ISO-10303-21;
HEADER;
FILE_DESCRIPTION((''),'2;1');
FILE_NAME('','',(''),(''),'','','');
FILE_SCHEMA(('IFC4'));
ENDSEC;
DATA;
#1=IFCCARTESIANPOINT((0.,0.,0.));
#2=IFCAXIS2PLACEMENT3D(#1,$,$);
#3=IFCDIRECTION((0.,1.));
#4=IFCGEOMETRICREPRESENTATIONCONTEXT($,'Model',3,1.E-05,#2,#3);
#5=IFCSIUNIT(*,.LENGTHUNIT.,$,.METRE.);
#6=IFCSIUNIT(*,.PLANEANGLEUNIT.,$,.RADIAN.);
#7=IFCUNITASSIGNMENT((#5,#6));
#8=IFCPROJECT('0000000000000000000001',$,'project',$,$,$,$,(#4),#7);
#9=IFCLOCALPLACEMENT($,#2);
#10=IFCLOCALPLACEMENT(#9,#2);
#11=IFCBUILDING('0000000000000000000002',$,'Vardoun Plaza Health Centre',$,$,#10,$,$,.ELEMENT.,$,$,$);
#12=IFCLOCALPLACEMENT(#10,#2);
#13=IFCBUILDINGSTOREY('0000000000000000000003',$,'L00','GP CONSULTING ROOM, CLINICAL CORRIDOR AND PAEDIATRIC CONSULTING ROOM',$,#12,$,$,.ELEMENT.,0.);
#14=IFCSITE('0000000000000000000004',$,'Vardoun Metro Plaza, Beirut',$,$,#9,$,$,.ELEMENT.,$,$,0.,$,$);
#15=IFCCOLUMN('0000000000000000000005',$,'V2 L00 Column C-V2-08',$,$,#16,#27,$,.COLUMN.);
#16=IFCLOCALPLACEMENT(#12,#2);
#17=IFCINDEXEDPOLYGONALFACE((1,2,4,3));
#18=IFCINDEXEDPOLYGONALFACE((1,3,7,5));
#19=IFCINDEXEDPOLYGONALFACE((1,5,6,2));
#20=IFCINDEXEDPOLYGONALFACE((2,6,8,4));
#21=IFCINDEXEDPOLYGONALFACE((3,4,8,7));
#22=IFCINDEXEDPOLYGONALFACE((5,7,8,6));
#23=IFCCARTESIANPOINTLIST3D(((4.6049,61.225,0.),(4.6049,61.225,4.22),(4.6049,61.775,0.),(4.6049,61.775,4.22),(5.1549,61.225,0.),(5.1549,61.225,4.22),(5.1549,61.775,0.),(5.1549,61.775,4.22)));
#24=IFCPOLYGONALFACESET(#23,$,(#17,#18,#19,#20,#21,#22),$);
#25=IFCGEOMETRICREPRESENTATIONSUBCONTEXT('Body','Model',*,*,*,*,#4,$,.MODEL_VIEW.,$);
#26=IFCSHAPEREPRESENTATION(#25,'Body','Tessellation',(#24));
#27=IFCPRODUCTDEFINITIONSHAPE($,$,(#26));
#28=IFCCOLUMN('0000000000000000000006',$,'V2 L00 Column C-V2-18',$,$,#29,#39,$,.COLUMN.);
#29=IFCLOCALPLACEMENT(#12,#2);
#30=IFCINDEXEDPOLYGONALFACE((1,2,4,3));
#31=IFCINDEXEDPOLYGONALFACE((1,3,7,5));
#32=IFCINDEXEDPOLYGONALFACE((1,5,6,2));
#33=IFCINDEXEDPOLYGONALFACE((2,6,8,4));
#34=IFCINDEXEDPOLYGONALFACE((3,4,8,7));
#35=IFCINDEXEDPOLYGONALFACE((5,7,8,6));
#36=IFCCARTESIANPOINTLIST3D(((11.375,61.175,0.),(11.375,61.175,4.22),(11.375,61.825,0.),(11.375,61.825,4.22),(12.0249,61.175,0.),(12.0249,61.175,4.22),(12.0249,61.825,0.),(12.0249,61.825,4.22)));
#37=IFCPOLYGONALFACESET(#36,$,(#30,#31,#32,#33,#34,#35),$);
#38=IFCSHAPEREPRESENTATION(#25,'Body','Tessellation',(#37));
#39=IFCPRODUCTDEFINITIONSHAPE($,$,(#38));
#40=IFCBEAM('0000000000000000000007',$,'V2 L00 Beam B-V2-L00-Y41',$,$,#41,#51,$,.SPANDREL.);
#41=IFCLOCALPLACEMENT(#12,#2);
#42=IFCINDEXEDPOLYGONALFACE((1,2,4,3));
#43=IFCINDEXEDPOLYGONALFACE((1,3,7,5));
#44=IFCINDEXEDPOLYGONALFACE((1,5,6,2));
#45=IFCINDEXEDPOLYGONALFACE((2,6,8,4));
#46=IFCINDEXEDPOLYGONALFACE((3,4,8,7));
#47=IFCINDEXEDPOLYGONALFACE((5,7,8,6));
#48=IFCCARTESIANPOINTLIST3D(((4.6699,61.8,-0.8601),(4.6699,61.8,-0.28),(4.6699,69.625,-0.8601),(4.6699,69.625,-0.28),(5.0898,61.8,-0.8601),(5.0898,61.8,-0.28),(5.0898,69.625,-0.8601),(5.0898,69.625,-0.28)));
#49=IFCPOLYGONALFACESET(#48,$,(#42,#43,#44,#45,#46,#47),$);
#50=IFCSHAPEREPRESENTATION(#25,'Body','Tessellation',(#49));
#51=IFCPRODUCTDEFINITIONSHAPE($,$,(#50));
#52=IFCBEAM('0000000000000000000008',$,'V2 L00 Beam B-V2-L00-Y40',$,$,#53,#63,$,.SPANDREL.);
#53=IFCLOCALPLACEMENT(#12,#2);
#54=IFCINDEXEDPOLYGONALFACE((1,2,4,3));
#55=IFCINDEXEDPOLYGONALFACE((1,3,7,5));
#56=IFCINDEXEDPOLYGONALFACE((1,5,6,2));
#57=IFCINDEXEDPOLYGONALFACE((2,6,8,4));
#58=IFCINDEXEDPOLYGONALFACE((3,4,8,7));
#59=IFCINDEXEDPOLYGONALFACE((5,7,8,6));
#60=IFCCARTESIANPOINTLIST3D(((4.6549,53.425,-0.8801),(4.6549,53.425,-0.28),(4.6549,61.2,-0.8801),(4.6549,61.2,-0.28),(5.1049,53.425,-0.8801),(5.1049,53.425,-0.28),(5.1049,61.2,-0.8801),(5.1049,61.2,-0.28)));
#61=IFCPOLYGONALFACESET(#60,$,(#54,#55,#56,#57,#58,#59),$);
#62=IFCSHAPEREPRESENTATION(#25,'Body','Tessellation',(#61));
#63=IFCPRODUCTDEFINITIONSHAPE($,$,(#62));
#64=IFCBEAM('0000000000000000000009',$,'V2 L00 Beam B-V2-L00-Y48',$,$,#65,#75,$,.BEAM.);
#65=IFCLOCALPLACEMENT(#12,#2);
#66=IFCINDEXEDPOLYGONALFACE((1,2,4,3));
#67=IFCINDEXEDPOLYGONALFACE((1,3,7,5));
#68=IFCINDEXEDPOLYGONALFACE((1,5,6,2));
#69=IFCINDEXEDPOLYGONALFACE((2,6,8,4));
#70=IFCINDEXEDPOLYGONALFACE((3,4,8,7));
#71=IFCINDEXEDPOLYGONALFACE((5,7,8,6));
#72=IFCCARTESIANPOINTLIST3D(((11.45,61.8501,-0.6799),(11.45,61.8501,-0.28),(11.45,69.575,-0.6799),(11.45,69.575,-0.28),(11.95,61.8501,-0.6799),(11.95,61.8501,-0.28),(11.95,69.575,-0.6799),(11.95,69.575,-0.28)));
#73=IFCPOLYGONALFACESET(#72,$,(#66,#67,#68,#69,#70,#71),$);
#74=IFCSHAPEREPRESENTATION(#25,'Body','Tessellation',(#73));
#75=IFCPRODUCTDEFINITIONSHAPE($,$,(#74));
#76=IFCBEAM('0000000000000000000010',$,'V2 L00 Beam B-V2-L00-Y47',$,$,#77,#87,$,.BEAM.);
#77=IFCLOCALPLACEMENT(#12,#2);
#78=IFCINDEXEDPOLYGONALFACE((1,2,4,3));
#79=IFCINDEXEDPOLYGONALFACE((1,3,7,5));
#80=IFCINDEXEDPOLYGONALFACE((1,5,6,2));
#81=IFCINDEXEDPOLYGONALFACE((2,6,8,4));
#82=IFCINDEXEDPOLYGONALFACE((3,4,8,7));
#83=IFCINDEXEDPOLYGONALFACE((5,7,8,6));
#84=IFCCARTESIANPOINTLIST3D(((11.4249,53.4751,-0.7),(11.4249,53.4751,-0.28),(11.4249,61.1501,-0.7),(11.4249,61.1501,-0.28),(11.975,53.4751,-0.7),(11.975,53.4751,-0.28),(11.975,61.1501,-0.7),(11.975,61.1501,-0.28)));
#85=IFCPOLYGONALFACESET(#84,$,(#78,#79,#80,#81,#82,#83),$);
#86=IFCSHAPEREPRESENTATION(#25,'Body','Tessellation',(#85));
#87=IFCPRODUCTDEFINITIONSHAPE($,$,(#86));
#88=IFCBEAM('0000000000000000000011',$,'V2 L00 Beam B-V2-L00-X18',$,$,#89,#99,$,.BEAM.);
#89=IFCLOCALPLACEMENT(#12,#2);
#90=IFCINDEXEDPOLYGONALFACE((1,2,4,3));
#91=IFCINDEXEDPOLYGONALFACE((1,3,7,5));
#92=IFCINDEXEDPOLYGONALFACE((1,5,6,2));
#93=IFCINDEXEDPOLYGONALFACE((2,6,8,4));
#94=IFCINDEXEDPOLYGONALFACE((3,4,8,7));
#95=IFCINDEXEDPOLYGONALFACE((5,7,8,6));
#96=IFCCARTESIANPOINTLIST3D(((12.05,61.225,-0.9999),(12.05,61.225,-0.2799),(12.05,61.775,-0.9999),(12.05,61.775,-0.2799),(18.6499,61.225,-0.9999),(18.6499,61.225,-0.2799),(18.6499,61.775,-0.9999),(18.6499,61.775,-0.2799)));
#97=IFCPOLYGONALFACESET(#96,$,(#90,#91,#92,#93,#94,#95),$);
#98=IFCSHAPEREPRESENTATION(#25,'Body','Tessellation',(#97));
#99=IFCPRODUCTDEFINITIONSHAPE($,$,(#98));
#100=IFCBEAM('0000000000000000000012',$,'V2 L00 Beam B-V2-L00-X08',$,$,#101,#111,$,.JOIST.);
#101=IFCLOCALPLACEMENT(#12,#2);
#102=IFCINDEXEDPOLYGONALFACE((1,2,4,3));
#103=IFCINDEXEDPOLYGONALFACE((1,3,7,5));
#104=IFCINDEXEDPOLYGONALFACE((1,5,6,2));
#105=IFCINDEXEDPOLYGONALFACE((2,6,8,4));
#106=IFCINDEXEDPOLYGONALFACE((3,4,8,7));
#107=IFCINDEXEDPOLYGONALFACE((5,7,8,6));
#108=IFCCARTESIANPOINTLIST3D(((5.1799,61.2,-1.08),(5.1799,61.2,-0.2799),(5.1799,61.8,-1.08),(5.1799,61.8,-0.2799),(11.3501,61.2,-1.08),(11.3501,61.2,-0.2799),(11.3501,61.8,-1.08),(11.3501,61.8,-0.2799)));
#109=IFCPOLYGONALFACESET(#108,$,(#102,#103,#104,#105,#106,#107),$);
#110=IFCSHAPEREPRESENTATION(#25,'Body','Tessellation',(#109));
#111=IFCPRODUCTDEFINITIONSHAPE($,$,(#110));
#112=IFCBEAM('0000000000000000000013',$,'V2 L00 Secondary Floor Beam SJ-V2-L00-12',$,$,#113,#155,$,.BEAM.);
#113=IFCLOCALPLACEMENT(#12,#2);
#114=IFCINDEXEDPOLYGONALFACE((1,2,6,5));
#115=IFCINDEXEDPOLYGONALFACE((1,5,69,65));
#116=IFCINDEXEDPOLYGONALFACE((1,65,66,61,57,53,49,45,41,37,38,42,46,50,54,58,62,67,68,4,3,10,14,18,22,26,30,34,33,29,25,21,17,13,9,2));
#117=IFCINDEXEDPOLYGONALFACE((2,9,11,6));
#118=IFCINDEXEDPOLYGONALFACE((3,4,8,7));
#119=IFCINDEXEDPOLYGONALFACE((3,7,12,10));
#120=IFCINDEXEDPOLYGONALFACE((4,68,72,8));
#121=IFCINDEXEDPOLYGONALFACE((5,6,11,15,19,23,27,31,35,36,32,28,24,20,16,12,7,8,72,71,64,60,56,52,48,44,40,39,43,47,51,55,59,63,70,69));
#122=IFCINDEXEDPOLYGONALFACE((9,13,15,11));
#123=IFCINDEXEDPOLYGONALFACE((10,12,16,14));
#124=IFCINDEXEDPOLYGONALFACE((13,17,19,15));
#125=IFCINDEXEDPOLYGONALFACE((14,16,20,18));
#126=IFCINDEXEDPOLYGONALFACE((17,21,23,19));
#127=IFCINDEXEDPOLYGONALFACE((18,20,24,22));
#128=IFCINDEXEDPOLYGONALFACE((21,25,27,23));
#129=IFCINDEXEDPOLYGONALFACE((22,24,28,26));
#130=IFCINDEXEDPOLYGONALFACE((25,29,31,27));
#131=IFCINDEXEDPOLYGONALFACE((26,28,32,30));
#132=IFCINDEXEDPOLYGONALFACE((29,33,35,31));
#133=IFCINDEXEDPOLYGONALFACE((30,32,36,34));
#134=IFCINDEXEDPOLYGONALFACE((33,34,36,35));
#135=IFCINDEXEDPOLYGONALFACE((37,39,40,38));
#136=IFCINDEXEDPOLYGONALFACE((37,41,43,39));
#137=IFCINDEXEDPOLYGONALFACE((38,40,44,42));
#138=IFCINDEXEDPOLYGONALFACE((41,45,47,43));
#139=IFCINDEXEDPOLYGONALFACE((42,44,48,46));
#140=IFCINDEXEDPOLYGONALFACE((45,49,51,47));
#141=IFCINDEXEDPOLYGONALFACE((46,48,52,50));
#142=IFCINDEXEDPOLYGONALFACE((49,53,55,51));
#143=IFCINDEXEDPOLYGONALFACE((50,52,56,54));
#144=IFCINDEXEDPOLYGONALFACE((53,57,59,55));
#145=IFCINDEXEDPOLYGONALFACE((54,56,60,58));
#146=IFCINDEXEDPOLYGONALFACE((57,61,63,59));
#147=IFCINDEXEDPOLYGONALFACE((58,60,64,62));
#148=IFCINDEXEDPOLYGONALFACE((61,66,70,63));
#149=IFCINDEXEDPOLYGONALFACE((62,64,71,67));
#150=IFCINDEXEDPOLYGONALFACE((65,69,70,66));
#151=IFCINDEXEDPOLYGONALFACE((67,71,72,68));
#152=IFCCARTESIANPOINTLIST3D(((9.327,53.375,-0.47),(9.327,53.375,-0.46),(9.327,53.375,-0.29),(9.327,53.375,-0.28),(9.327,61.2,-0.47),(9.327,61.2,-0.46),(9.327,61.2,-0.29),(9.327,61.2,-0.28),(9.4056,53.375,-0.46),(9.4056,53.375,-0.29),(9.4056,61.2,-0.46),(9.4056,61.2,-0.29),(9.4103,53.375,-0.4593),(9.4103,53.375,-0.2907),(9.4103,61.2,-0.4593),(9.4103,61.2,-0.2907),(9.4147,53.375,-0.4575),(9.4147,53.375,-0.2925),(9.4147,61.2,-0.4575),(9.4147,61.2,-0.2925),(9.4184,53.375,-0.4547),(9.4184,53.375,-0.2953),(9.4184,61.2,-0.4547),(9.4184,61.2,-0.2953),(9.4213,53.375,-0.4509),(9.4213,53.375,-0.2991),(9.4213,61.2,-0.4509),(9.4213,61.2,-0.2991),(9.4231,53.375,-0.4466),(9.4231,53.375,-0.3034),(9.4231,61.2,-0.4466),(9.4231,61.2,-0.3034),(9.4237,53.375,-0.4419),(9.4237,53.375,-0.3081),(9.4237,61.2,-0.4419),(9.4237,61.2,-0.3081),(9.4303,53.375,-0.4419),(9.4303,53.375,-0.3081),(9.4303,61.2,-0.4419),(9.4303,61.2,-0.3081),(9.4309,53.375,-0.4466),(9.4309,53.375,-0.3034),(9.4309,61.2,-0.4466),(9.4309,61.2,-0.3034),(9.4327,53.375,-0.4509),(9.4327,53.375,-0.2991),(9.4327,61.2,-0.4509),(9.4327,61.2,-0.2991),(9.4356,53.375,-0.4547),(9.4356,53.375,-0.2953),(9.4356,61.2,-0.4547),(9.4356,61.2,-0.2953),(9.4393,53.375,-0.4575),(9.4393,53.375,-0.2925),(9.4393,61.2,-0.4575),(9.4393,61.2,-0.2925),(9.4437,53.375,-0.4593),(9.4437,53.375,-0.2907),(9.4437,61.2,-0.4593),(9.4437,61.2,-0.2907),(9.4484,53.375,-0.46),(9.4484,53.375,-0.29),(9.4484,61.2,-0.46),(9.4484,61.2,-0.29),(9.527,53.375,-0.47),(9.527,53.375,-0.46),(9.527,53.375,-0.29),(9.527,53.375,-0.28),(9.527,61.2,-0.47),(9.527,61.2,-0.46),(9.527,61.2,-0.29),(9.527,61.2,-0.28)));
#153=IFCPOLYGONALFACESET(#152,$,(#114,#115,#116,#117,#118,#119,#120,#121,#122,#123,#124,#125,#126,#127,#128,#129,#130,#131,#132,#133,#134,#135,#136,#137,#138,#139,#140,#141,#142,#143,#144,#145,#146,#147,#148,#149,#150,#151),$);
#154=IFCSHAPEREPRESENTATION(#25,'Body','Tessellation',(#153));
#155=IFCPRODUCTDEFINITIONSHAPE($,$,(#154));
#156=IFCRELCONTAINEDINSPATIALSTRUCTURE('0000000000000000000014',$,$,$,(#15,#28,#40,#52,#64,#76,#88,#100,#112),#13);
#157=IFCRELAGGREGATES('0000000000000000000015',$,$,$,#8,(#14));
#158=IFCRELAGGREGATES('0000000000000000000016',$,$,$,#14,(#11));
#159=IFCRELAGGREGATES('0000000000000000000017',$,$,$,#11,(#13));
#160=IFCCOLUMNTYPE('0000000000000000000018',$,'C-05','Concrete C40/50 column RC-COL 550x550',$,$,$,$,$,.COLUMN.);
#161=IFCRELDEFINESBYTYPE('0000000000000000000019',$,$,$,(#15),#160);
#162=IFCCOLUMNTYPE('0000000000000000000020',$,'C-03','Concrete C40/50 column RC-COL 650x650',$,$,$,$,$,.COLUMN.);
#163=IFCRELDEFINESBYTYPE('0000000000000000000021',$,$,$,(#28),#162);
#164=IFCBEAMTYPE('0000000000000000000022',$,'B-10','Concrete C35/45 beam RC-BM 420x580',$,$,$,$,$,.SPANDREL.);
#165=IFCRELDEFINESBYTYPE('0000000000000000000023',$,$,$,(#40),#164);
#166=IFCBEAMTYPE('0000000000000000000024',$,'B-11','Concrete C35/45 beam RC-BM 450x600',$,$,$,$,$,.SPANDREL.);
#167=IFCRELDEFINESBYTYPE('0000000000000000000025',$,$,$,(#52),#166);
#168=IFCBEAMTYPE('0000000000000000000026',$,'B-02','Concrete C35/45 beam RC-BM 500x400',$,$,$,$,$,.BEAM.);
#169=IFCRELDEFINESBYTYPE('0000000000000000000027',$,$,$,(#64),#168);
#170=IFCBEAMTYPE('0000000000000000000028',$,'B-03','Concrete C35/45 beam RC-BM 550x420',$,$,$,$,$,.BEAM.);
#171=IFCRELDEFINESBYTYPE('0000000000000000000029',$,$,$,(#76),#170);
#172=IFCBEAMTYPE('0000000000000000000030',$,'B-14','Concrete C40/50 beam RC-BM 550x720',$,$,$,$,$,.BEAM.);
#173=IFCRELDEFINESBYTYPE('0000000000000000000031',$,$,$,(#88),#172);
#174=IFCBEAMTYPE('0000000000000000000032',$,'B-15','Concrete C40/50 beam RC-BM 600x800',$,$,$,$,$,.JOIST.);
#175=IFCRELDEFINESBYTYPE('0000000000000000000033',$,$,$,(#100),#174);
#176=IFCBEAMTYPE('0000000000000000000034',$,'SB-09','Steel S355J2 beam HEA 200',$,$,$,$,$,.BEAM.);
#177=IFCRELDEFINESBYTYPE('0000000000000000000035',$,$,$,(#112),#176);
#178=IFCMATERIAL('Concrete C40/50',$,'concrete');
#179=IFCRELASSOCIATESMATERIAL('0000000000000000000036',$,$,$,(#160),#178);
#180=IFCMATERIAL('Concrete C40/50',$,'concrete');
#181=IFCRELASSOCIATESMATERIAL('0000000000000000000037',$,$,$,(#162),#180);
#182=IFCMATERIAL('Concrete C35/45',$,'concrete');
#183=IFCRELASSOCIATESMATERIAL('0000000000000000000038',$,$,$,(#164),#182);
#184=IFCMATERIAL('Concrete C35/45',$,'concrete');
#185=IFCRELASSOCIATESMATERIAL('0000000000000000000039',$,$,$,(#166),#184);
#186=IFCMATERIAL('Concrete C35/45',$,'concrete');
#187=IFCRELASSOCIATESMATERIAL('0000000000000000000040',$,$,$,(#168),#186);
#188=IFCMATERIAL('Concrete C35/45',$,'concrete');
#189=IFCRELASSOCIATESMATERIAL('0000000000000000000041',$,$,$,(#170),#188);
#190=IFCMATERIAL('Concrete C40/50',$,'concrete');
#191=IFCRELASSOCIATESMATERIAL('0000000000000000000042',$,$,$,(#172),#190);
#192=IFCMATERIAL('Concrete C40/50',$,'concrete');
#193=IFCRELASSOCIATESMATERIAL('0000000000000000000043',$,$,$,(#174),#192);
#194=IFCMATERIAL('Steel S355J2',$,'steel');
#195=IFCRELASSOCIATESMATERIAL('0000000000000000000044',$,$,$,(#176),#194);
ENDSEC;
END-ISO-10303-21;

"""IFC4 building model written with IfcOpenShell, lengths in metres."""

from ifc_helpers import new_model, si_unit, direction, frame, origin, origin_2d, place, context, subcontext, project, spatial, rectangle, i_section, extrude, material, material_profile, profile_set, type_object, element, save


model = new_model("IFC4")

# Units and contexts
model_context = context("Model", 3, precision=1e-05, world=origin(), true_north=direction((0.0, 1.0)))
body_context = subcontext(model_context, "Body", "Model", "MODEL_VIEW")
ifc_project = project(units=[si_unit("LENGTHUNIT", "METRE"), si_unit("PLANEANGLEUNIT", "RADIAN")], contexts=[model_context])

# Site, building, storey
site_placement = place(None, origin())
site = spatial("IfcSite", under=ifc_project, at=site_placement, Name="Vardoun Metro Plaza, Beirut", CompositionType="ELEMENT", RefElevation=0.0)
building_placement = place(site_placement, origin())
building = spatial("IfcBuilding", under=site, at=building_placement, Name="Vardoun Plaza Health Centre", CompositionType="ELEMENT")
storey_placement = place(building_placement, origin())
storey = spatial("IfcBuildingStorey", under=building, at=storey_placement, Name="L00", Description="GP CONSULTING ROOM, CLINICAL CORRIDOR AND PAEDIATRIC CONSULTING ROOM", CompositionType="ELEMENT", Elevation=0.0)

# Columns
ifc_material_1 = material(Name="Concrete C40/50", Category="concrete")
ifc_material_profile_1 = material_profile(ifc_material_1, rectangle(XDim=0.55, YDim=0.55, at=origin_2d()), Name="RC-COL 550x550")
ifc_profile_set_1 = profile_set([ifc_material_profile_1], Name="Concrete C40/50")
column_type_1 = type_object("IfcColumnType", Name="C-05", Description="Concrete C40/50 column RC-COL 550x550", PredefinedType="COLUMN", material=ifc_profile_set_1)
column_1_placement = place(storey_placement, frame((4.8799, 61.5, 0.0), z_axis=(0.0, 0.0, 1.0), x_axis=(1.0, 0.0, 0.0)))
element("IfcColumn", 1, at=column_1_placement, inside=storey, type_object=column_type_1, Name="V2 L00 Column C-V2-08", PredefinedType="COLUMN", context=body_context, shape_type="SweptSolid", body=[
    extrude(rectangle(XDim=0.55, YDim=0.55, at=origin_2d()), origin(), (0.0, 0.0, 1.0), 4.22),
])
ifc_material_2 = material(Name="Concrete C40/50", Category="concrete")
ifc_material_profile_2 = material_profile(ifc_material_2, rectangle(XDim=0.6499, YDim=0.6499, at=origin_2d()), Name="RC-COL 650x650")
ifc_profile_set_2 = profile_set([ifc_material_profile_2], Name="Concrete C40/50")
column_type_2 = type_object("IfcColumnType", Name="C-03", Description="Concrete C40/50 column RC-COL 650x650", PredefinedType="COLUMN", material=ifc_profile_set_2)
column_2_placement = place(storey_placement, frame((11.7, 61.5, 0.0), z_axis=(0.0, 0.0, 1.0), x_axis=(1.0, 0.0, 0.0)))
element("IfcColumn", 2, at=column_2_placement, inside=storey, type_object=column_type_2, Name="V2 L00 Column C-V2-18", PredefinedType="COLUMN", context=body_context, shape_type="SweptSolid", body=[
    extrude(rectangle(XDim=0.6499, YDim=0.6499, at=origin_2d()), origin(), (0.0, 0.0, 1.0), 4.22),
])

# Beams
ifc_material_3 = material(Name="Concrete C35/45", Category="concrete")
ifc_material_profile_3 = material_profile(ifc_material_3, rectangle(XDim=0.4199, YDim=0.5801, at=origin_2d()), Name="RC-BM 420x580")
ifc_profile_set_3 = profile_set([ifc_material_profile_3], Name="Concrete C35/45")
beam_type_1 = type_object("IfcBeamType", Name="B-10", Description="Concrete C35/45 beam RC-BM 420x580", PredefinedType="SPANDREL", material=ifc_profile_set_3)
beam_1_placement = place(storey_placement, frame((4.8799, 61.8, -0.5701), z_axis=(0.0, 1.0, 0.0), x_axis=(-1.0, 0.0, 0.0)))
element("IfcBeam", 3, at=beam_1_placement, inside=storey, type_object=beam_type_1, Name="V2 L00 Beam B-V2-L00-Y41", PredefinedType="SPANDREL", context=body_context, shape_type="SweptSolid", body=[
    extrude(rectangle(XDim=0.4199, YDim=0.5801, at=origin_2d()), origin(), (0.0, 0.0, 1.0), 7.825),
])
ifc_material_4 = material(Name="Concrete C35/45", Category="concrete")
ifc_material_profile_4 = material_profile(ifc_material_4, rectangle(XDim=0.45, YDim=0.6001, at=origin_2d()), Name="RC-BM 450x600")
ifc_profile_set_4 = profile_set([ifc_material_profile_4], Name="Concrete C35/45")
beam_type_2 = type_object("IfcBeamType", Name="B-11", Description="Concrete C35/45 beam RC-BM 450x600", PredefinedType="SPANDREL", material=ifc_profile_set_4)
beam_2_placement = place(storey_placement, frame((4.8799, 53.425, -0.5801), z_axis=(0.0, 1.0, 0.0), x_axis=(-1.0, 0.0, 0.0)))
element("IfcBeam", 4, at=beam_2_placement, inside=storey, type_object=beam_type_2, Name="V2 L00 Beam B-V2-L00-Y40", PredefinedType="SPANDREL", context=body_context, shape_type="SweptSolid", body=[
    extrude(rectangle(XDim=0.45, YDim=0.6001, at=origin_2d()), origin(), (0.0, 0.0, 1.0), 7.7749),
])
ifc_material_5 = material(Name="Concrete C35/45", Category="concrete")
ifc_material_profile_5 = material_profile(ifc_material_5, rectangle(XDim=0.5, YDim=0.3999, at=origin_2d()), Name="RC-BM 500x400")
ifc_profile_set_5 = profile_set([ifc_material_profile_5], Name="Concrete C35/45")
beam_type_3 = type_object("IfcBeamType", Name="B-02", Description="Concrete C35/45 beam RC-BM 500x400", PredefinedType="BEAM", material=ifc_profile_set_5)
beam_3_placement = place(storey_placement, frame((11.7, 61.8501, -0.48), z_axis=(0.0, 1.0, 0.0), x_axis=(-1.0, 0.0, 0.0)))
element("IfcBeam", 5, at=beam_3_placement, inside=storey, type_object=beam_type_3, Name="V2 L00 Beam B-V2-L00-Y48", PredefinedType="BEAM", context=body_context, shape_type="SweptSolid", body=[
    extrude(rectangle(XDim=0.5, YDim=0.3999, at=origin_2d()), origin(), (0.0, 0.0, 1.0), 7.7249),
])
ifc_material_6 = material(Name="Concrete C35/45", Category="concrete")
ifc_material_profile_6 = material_profile(ifc_material_6, rectangle(XDim=0.55, YDim=0.4199, at=origin_2d()), Name="RC-BM 550x420")
ifc_profile_set_6 = profile_set([ifc_material_profile_6], Name="Concrete C35/45")
beam_type_4 = type_object("IfcBeamType", Name="B-03", Description="Concrete C35/45 beam RC-BM 550x420", PredefinedType="BEAM", material=ifc_profile_set_6)
beam_4_placement = place(storey_placement, frame((11.7, 53.4751, -0.49), z_axis=(0.0, 1.0, 0.0), x_axis=(-1.0, 0.0, 0.0)))
element("IfcBeam", 6, at=beam_4_placement, inside=storey, type_object=beam_type_4, Name="V2 L00 Beam B-V2-L00-Y47", PredefinedType="BEAM", context=body_context, shape_type="SweptSolid", body=[
    extrude(rectangle(XDim=0.55, YDim=0.4199, at=origin_2d()), origin(), (0.0, 0.0, 1.0), 7.675),
])
ifc_material_7 = material(Name="Concrete C40/50", Category="concrete")
ifc_material_profile_7 = material_profile(ifc_material_7, rectangle(XDim=0.55, YDim=0.72, at=origin_2d()), Name="RC-BM 550x720")
ifc_profile_set_7 = profile_set([ifc_material_profile_7], Name="Concrete C40/50")
beam_type_5 = type_object("IfcBeamType", Name="B-14", Description="Concrete C40/50 beam RC-BM 550x720", PredefinedType="BEAM", material=ifc_profile_set_7)
beam_5_placement = place(storey_placement, frame((12.05, 61.5, -0.6399), z_axis=(1.0, 0.0, 0.0), x_axis=(0.0, 1.0, 0.0)))
element("IfcBeam", 7, at=beam_5_placement, inside=storey, type_object=beam_type_5, Name="V2 L00 Beam B-V2-L00-X18", PredefinedType="BEAM", context=body_context, shape_type="SweptSolid", body=[
    extrude(rectangle(XDim=0.55, YDim=0.72, at=origin_2d()), origin(), (0.0, 0.0, 1.0), 6.5999),
])
ifc_material_8 = material(Name="Concrete C40/50", Category="concrete")
ifc_material_profile_8 = material_profile(ifc_material_8, rectangle(XDim=0.6001, YDim=0.8, at=origin_2d()), Name="RC-BM 600x800")
ifc_profile_set_8 = profile_set([ifc_material_profile_8], Name="Concrete C40/50")
beam_type_6 = type_object("IfcBeamType", Name="B-15", Description="Concrete C40/50 beam RC-BM 600x800", PredefinedType="JOIST", material=ifc_profile_set_8)
beam_6_placement = place(storey_placement, frame((5.1799, 61.5, -0.6799), z_axis=(1.0, 0.0, 0.0), x_axis=(0.0, 1.0, 0.0)))
element("IfcBeam", 8, at=beam_6_placement, inside=storey, type_object=beam_type_6, Name="V2 L00 Beam B-V2-L00-X08", PredefinedType="JOIST", context=body_context, shape_type="SweptSolid", body=[
    extrude(rectangle(XDim=0.6001, YDim=0.8, at=origin_2d()), origin(), (0.0, 0.0, 1.0), 6.1702),
])
ifc_material_9 = material(Name="Steel S355J2", Category="steel")
ifc_material_profile_9 = material_profile(ifc_material_9, i_section(OverallWidth=0.2, OverallDepth=0.1899, WebThickness=0.0066, FlangeThickness=0.01, FilletRadius=0.0181, at=origin_2d()), Name="HEA 200")
ifc_profile_set_9 = profile_set([ifc_material_profile_9], Name="Steel S355J2")
beam_type_7 = type_object("IfcBeamType", Name="SB-09", Description="Steel S355J2 beam HEA 200", PredefinedType="BEAM", material=ifc_profile_set_9)
beam_7_placement = place(storey_placement, frame((9.427, 53.375, -0.375), z_axis=(0.0, 1.0, 0.0), x_axis=(-1.0, 0.0, 0.0)))
element("IfcBeam", 9, at=beam_7_placement, inside=storey, type_object=beam_type_7, Name="V2 L00 Secondary Floor Beam SJ-V2-L00-12", PredefinedType="BEAM", context=body_context, shape_type="SweptSolid", body=[
    extrude(i_section(OverallWidth=0.2, OverallDepth=0.1899, WebThickness=0.0066, FlangeThickness=0.01, FilletRadius=0.0181, at=origin_2d()), origin(), (0.0, 0.0, 1.0), 7.825),
])

save(model, "model.ifc")
